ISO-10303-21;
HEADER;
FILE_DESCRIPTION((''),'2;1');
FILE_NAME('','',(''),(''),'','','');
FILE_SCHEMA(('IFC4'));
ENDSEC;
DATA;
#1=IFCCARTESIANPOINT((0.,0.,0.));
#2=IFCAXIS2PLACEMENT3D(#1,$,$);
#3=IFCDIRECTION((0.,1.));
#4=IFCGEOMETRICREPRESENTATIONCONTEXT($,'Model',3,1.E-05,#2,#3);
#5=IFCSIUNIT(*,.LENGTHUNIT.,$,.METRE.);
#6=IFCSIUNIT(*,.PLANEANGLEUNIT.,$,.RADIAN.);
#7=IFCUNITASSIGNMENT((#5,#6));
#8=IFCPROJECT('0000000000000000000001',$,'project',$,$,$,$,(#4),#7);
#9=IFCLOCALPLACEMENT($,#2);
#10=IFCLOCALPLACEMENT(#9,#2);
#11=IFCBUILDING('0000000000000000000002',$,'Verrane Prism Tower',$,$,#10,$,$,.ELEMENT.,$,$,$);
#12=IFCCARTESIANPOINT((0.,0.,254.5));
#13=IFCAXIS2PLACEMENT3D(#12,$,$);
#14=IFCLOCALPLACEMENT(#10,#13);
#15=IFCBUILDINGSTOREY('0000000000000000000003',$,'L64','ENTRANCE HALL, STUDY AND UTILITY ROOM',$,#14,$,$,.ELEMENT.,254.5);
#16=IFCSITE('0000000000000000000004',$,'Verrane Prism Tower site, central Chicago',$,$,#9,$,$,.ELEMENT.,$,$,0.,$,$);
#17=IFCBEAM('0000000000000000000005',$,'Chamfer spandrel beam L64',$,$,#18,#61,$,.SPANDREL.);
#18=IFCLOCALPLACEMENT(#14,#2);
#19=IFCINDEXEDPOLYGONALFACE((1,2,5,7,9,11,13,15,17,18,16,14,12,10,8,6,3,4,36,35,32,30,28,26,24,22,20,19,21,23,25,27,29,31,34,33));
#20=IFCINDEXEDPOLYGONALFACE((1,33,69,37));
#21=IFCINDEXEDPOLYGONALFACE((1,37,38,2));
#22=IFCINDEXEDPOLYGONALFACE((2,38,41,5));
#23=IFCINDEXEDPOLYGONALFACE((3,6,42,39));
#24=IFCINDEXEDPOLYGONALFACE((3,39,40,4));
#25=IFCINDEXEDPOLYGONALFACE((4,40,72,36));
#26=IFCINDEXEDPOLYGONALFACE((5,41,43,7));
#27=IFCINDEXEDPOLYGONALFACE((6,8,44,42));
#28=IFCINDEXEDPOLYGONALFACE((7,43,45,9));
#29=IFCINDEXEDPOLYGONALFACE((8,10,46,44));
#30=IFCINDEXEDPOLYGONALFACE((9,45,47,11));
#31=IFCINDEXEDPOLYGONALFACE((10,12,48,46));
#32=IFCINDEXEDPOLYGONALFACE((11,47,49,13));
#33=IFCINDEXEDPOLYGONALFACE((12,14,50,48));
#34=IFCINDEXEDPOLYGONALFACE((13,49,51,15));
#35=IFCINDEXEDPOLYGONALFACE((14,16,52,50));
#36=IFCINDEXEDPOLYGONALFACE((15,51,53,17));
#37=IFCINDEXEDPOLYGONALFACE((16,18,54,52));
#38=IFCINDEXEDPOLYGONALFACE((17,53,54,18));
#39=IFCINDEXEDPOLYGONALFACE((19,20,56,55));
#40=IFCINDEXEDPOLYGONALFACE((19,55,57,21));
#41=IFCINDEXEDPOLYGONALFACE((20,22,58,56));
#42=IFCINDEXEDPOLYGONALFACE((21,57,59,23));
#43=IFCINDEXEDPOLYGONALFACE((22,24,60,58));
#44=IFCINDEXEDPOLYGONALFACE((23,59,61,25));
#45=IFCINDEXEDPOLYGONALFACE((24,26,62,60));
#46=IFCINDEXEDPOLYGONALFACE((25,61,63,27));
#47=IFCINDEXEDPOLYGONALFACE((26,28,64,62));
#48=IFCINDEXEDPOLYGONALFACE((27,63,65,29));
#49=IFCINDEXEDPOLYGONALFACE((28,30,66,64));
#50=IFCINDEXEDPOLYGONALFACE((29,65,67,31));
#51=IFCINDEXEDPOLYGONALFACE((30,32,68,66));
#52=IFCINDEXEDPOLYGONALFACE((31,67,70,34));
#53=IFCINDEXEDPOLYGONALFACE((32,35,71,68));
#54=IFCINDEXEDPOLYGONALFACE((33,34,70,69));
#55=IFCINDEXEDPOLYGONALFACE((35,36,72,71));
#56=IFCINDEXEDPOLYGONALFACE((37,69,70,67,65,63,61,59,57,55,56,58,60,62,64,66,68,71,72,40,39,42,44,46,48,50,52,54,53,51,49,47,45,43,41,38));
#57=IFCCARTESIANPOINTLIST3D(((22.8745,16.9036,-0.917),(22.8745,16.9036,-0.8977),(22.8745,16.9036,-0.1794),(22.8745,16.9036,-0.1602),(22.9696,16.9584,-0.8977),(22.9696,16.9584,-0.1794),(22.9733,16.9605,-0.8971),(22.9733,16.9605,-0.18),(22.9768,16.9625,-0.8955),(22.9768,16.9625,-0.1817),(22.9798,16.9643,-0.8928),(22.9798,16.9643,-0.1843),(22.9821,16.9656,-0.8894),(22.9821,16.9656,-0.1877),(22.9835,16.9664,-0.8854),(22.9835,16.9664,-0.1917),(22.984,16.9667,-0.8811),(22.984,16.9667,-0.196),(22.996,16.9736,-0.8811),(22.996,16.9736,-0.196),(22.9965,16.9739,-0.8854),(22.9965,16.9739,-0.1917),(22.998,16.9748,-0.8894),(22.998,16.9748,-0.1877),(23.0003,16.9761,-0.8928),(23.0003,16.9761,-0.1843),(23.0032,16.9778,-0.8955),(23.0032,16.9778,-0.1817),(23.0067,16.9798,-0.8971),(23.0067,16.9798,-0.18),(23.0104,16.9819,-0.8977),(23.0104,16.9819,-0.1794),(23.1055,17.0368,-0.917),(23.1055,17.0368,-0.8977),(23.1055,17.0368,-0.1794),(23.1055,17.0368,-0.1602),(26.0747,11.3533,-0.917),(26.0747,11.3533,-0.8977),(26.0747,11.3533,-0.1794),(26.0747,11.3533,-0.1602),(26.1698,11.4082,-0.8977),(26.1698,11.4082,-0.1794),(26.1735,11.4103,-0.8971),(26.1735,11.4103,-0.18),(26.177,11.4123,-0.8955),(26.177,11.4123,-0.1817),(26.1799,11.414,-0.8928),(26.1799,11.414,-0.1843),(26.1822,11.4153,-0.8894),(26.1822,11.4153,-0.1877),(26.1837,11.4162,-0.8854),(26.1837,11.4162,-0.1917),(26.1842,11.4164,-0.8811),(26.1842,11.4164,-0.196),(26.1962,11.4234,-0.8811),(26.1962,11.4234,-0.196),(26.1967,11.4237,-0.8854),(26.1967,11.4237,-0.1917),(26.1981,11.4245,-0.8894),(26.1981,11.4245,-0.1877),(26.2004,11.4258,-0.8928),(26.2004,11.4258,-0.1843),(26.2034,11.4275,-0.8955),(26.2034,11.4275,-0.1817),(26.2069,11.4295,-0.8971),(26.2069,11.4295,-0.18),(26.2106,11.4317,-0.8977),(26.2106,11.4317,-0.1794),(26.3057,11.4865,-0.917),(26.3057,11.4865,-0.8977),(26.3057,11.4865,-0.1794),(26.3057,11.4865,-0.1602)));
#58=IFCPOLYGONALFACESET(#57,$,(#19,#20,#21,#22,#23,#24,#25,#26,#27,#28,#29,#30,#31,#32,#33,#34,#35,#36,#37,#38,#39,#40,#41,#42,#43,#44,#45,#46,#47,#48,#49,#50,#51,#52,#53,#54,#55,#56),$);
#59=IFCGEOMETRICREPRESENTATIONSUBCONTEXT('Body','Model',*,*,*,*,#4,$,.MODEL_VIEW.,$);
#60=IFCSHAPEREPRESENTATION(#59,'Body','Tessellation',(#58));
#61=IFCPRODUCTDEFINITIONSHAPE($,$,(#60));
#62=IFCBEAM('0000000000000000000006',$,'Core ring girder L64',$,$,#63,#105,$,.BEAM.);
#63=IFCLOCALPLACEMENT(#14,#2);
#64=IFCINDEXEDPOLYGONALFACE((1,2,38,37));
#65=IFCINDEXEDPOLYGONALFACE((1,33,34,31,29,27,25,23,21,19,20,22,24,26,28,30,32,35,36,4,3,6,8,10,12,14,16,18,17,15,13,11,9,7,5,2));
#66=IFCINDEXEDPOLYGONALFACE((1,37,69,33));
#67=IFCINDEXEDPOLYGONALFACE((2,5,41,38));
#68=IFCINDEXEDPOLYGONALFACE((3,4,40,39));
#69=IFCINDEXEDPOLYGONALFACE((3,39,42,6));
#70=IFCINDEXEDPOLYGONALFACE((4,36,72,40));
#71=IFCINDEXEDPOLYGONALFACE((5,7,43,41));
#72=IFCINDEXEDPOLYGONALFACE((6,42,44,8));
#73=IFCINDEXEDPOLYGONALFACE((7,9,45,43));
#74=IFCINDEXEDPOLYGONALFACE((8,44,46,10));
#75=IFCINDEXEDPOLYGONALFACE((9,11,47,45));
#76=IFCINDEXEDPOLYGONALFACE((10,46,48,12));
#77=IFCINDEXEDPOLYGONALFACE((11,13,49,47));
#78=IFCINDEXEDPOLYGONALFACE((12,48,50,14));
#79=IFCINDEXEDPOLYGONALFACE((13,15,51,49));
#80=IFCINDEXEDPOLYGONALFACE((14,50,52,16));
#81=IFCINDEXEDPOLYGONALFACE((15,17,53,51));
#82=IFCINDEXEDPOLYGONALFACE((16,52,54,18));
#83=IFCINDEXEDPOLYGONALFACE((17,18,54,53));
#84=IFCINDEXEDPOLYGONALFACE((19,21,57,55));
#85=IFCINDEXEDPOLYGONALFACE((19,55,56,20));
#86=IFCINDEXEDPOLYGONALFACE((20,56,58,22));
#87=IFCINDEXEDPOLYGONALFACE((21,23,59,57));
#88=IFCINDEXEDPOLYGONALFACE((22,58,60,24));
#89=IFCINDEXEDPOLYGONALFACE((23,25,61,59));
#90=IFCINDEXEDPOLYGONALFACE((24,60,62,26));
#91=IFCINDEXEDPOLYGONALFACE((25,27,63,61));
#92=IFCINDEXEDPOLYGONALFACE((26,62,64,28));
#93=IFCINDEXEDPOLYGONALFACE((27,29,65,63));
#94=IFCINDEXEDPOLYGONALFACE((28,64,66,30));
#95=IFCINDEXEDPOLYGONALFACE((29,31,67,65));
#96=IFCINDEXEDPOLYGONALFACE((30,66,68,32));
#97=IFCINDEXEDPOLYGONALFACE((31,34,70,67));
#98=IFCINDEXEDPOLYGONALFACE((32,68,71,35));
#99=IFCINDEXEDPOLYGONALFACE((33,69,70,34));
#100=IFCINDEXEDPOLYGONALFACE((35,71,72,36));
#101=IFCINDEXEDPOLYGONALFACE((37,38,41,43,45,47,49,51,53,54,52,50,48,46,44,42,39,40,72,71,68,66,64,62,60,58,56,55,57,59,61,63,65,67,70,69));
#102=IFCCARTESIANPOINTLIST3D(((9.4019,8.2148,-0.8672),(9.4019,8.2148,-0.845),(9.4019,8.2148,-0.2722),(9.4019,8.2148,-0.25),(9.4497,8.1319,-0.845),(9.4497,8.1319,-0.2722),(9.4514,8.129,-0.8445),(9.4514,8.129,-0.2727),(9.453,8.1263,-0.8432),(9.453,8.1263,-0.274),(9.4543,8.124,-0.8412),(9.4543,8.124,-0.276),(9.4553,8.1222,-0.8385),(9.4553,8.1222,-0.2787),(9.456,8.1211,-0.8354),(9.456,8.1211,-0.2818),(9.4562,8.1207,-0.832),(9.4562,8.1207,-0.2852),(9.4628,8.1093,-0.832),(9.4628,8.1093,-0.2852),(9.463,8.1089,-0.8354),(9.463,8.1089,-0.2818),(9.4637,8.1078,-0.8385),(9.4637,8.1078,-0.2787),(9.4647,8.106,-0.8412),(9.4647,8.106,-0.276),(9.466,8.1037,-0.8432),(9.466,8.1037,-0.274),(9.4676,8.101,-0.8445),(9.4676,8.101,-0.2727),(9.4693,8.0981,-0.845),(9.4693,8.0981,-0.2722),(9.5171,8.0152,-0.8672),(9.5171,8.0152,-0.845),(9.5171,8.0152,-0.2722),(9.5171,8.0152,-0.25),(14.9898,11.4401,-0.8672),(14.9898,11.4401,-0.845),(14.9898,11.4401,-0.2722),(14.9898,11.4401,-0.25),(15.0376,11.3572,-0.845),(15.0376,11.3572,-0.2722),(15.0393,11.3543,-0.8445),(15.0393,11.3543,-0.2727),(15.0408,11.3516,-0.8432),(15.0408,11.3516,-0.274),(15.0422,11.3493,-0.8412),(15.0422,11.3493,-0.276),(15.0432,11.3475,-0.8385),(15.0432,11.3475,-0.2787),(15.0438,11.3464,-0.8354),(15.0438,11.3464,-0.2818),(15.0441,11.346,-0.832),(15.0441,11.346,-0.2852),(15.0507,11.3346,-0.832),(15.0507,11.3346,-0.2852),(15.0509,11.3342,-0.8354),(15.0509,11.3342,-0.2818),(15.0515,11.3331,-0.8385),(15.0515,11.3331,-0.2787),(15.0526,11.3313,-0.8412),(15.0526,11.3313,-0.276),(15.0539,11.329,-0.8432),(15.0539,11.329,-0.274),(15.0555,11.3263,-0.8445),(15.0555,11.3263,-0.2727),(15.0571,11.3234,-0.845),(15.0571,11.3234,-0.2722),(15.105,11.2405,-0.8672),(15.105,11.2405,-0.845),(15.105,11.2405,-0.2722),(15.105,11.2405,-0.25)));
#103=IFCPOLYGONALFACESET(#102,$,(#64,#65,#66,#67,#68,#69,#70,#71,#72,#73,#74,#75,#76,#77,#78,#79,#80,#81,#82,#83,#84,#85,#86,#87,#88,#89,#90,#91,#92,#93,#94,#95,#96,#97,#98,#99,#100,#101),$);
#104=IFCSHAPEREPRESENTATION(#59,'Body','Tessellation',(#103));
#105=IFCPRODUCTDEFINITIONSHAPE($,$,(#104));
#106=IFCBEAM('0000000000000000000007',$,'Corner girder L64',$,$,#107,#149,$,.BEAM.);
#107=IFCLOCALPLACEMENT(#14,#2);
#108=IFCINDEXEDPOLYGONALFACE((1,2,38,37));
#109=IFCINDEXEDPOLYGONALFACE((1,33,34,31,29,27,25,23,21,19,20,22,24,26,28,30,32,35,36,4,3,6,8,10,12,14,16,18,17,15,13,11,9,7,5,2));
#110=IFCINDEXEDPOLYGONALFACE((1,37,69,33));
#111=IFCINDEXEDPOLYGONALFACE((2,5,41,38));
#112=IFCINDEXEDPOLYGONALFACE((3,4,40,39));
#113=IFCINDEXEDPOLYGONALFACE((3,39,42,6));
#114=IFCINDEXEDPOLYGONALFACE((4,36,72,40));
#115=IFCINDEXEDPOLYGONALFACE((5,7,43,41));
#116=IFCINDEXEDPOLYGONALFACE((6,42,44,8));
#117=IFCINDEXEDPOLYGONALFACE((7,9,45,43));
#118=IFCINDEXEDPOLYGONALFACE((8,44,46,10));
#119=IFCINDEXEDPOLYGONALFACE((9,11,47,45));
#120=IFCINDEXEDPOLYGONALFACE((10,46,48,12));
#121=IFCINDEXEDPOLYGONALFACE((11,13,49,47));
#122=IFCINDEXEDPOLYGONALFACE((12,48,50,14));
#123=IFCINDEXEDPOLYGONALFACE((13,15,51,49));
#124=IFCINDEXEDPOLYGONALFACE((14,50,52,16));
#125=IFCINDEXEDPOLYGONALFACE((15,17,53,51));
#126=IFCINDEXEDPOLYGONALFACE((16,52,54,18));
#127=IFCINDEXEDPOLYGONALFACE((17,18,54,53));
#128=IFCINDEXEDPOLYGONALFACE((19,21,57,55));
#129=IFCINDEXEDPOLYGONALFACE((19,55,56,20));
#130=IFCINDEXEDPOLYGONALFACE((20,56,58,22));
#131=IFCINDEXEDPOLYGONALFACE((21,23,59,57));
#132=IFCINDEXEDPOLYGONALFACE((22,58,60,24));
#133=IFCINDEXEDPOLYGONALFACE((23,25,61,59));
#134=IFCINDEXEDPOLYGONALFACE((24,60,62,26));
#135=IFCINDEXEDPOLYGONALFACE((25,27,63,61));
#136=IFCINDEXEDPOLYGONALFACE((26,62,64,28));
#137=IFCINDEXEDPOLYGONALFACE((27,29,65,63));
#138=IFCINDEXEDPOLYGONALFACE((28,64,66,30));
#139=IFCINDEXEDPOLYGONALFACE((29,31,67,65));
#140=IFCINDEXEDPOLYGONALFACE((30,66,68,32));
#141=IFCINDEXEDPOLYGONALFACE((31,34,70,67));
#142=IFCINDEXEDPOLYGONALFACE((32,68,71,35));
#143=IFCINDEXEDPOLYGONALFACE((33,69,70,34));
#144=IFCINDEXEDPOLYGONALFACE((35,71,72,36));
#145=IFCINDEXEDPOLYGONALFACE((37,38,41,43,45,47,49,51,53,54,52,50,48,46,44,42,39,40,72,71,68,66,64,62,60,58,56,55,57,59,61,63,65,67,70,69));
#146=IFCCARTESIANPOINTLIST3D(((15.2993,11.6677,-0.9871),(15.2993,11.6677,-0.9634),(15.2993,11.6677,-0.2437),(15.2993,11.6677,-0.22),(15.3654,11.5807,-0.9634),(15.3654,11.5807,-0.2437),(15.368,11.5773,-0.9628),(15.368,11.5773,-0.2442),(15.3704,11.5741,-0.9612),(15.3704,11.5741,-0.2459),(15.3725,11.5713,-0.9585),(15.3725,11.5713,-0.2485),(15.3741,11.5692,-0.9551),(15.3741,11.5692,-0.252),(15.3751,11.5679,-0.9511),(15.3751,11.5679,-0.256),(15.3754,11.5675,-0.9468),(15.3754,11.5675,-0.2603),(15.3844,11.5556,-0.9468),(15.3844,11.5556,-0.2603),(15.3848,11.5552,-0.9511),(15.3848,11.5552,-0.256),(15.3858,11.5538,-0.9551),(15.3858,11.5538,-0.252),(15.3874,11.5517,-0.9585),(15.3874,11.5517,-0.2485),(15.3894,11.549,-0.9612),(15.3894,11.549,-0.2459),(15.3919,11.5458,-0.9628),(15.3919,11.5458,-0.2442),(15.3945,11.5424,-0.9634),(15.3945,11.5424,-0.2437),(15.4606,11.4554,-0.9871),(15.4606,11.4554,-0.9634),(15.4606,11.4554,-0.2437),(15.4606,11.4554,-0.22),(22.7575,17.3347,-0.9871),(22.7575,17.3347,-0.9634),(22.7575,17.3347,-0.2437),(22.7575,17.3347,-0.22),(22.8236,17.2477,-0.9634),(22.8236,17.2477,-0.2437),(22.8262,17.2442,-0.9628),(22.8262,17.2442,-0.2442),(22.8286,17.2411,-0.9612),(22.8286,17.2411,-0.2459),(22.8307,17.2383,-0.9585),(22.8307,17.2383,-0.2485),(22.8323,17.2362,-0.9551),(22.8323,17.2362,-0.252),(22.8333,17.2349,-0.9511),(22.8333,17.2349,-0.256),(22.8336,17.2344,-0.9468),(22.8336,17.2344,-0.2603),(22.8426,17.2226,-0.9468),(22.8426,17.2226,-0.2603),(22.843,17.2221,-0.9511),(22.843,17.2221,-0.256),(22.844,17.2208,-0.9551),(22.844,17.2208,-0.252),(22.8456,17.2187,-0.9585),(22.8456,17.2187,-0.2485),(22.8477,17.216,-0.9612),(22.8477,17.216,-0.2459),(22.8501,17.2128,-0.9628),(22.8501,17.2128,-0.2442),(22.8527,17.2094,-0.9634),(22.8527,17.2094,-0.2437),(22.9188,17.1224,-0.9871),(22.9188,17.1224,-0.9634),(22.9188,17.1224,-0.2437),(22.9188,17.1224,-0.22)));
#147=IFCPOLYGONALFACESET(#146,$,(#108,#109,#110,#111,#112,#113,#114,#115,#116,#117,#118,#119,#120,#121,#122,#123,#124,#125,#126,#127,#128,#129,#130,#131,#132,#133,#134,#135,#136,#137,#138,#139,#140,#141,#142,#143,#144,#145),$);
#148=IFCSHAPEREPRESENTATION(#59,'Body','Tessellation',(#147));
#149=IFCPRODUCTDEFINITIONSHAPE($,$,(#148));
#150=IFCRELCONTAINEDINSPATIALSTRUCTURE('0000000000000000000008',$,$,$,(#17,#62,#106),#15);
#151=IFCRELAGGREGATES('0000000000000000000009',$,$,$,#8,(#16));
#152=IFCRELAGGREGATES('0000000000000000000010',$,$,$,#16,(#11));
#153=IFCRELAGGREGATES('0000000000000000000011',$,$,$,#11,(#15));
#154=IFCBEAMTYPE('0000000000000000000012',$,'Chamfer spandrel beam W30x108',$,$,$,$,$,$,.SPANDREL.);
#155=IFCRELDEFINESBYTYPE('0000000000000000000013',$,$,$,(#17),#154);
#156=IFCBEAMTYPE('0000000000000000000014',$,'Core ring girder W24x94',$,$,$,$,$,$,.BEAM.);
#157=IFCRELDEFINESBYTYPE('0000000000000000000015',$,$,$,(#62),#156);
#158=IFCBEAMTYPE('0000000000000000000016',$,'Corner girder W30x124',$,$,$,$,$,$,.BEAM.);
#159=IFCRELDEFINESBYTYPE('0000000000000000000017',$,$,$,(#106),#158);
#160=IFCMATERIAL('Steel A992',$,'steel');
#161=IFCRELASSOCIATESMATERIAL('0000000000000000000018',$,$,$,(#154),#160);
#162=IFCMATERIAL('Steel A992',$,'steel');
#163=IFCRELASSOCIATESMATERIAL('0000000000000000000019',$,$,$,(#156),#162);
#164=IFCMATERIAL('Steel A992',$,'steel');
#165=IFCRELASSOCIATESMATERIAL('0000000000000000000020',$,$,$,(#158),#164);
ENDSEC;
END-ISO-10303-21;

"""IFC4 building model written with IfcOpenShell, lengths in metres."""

from ifc_helpers import new_model, si_unit, direction, frame, origin, origin_2d, place, context, subcontext, project, spatial, i_section, extrude, material, material_profile, profile_set, type_object, element, save


model = new_model("IFC4")

# Units and contexts
model_context = context("Model", 3, precision=1e-05, world=origin(), true_north=direction((0.0, 1.0)))
body_context = subcontext(model_context, "Body", "Model", "MODEL_VIEW")
ifc_project = project(units=[si_unit("LENGTHUNIT", "METRE"), si_unit("PLANEANGLEUNIT", "RADIAN")], contexts=[model_context])

# Site, building, storey
site_placement = place(None, origin())
site = spatial("IfcSite", under=ifc_project, at=site_placement, Name="Verrane Prism Tower site, central Chicago", CompositionType="ELEMENT", RefElevation=0.0)
building_placement = place(site_placement, origin())
building = spatial("IfcBuilding", under=site, at=building_placement, Name="Verrane Prism Tower", CompositionType="ELEMENT")
storey_placement = place(building_placement, frame((0.0, 0.0, 254.5)))
storey = spatial("IfcBuildingStorey", under=building, at=storey_placement, Name="L64", Description="ENTRANCE HALL, STUDY AND UTILITY ROOM", CompositionType="ELEMENT", Elevation=254.5)

# Beams
ifc_material_1 = material(Name="Steel A992", Category="steel")
ifc_material_profile_1 = material_profile(ifc_material_1, i_section(OverallWidth=0.2666, OverallDepth=0.7568, WebThickness=0.0139, FlangeThickness=0.0193, FilletRadius=0.0166, at=origin_2d()), Name="W30x108")
ifc_profile_set_1 = profile_set([ifc_material_profile_1], Name="Steel A992")
beam_type_1 = type_object("IfcBeamType", Name="Chamfer spandrel beam W30x108", PredefinedType="SPANDREL", material=ifc_profile_set_1)
beam_1_placement = place(storey_placement, frame((26.1902, 11.4199, -0.5386), z_axis=(-0.4995, 0.866314, 0.0), x_axis=(-0.866314, -0.4995, 0.0)))
element("IfcBeam", 1, at=beam_1_placement, inside=storey, type_object=beam_type_1, Name="Chamfer spandrel beam L64", PredefinedType="SPANDREL", context=body_context, shape_type="SweptSolid", body=[
    extrude(i_section(OverallWidth=0.2666, OverallDepth=0.7568, WebThickness=0.0139, FlangeThickness=0.0193, FilletRadius=0.0166, at=origin_2d()), origin(), (0.0, 0.0, 1.0), 6.4067),
])
ifc_material_2 = material(Name="Steel A992", Category="steel")
ifc_material_profile_2 = material_profile(ifc_material_2, i_section(OverallWidth=0.2305, OverallDepth=0.6172, WebThickness=0.0132, FlangeThickness=0.0222, FilletRadius=0.0129, at=origin_2d()), Name="W24x94")
ifc_profile_set_2 = profile_set([ifc_material_profile_2], Name="Steel A992")
beam_type_2 = type_object("IfcBeamType", Name="Core ring girder W24x94", PredefinedType="BEAM", material=ifc_profile_set_2)
beam_2_placement = place(storey_placement, frame((15.0474, 11.3403, -0.5586), z_axis=(-0.866081, -0.499904, 0.0), x_axis=(0.499904, -0.866081, 0.0)))
element("IfcBeam", 2, at=beam_2_placement, inside=storey, type_object=beam_type_2, Name="Core ring girder L64", PredefinedType="BEAM", context=body_context, shape_type="SweptSolid", body=[
    extrude(i_section(OverallWidth=0.2305, OverallDepth=0.6172, WebThickness=0.0132, FlangeThickness=0.0222, FilletRadius=0.0129, at=origin_2d()), origin(), (0.0, 0.0, 1.0), 6.4519),
])
ifc_material_3 = material(Name="Steel A992", Category="steel")
ifc_material_profile_3 = material_profile(ifc_material_3, i_section(OverallWidth=0.2666, OverallDepth=0.7671, WebThickness=0.0149, FlangeThickness=0.0237, FilletRadius=0.0166, at=origin_2d()), Name="W30x124")
ifc_profile_set_3 = profile_set([ifc_material_profile_3], Name="Steel A992")
beam_type_3 = type_object("IfcBeamType", Name="Corner girder W30x124", PredefinedType="BEAM", material=ifc_profile_set_3)
beam_3_placement = place(storey_placement, frame((22.8381, 17.2285, -0.6035), z_axis=(-0.796228, -0.604997, 0.0), x_axis=(0.604997, -0.796228, 0.0)))
element("IfcBeam", 3, at=beam_3_placement, inside=storey, type_object=beam_type_3, Name="Corner girder L64", PredefinedType="BEAM", context=body_context, shape_type="SweptSolid", body=[
    extrude(i_section(OverallWidth=0.2666, OverallDepth=0.7671, WebThickness=0.0149, FlangeThickness=0.0237, FilletRadius=0.0166, at=origin_2d()), origin(), (0.0, 0.0, 1.0), 9.3669),
])

save(model, "model.ifc")
